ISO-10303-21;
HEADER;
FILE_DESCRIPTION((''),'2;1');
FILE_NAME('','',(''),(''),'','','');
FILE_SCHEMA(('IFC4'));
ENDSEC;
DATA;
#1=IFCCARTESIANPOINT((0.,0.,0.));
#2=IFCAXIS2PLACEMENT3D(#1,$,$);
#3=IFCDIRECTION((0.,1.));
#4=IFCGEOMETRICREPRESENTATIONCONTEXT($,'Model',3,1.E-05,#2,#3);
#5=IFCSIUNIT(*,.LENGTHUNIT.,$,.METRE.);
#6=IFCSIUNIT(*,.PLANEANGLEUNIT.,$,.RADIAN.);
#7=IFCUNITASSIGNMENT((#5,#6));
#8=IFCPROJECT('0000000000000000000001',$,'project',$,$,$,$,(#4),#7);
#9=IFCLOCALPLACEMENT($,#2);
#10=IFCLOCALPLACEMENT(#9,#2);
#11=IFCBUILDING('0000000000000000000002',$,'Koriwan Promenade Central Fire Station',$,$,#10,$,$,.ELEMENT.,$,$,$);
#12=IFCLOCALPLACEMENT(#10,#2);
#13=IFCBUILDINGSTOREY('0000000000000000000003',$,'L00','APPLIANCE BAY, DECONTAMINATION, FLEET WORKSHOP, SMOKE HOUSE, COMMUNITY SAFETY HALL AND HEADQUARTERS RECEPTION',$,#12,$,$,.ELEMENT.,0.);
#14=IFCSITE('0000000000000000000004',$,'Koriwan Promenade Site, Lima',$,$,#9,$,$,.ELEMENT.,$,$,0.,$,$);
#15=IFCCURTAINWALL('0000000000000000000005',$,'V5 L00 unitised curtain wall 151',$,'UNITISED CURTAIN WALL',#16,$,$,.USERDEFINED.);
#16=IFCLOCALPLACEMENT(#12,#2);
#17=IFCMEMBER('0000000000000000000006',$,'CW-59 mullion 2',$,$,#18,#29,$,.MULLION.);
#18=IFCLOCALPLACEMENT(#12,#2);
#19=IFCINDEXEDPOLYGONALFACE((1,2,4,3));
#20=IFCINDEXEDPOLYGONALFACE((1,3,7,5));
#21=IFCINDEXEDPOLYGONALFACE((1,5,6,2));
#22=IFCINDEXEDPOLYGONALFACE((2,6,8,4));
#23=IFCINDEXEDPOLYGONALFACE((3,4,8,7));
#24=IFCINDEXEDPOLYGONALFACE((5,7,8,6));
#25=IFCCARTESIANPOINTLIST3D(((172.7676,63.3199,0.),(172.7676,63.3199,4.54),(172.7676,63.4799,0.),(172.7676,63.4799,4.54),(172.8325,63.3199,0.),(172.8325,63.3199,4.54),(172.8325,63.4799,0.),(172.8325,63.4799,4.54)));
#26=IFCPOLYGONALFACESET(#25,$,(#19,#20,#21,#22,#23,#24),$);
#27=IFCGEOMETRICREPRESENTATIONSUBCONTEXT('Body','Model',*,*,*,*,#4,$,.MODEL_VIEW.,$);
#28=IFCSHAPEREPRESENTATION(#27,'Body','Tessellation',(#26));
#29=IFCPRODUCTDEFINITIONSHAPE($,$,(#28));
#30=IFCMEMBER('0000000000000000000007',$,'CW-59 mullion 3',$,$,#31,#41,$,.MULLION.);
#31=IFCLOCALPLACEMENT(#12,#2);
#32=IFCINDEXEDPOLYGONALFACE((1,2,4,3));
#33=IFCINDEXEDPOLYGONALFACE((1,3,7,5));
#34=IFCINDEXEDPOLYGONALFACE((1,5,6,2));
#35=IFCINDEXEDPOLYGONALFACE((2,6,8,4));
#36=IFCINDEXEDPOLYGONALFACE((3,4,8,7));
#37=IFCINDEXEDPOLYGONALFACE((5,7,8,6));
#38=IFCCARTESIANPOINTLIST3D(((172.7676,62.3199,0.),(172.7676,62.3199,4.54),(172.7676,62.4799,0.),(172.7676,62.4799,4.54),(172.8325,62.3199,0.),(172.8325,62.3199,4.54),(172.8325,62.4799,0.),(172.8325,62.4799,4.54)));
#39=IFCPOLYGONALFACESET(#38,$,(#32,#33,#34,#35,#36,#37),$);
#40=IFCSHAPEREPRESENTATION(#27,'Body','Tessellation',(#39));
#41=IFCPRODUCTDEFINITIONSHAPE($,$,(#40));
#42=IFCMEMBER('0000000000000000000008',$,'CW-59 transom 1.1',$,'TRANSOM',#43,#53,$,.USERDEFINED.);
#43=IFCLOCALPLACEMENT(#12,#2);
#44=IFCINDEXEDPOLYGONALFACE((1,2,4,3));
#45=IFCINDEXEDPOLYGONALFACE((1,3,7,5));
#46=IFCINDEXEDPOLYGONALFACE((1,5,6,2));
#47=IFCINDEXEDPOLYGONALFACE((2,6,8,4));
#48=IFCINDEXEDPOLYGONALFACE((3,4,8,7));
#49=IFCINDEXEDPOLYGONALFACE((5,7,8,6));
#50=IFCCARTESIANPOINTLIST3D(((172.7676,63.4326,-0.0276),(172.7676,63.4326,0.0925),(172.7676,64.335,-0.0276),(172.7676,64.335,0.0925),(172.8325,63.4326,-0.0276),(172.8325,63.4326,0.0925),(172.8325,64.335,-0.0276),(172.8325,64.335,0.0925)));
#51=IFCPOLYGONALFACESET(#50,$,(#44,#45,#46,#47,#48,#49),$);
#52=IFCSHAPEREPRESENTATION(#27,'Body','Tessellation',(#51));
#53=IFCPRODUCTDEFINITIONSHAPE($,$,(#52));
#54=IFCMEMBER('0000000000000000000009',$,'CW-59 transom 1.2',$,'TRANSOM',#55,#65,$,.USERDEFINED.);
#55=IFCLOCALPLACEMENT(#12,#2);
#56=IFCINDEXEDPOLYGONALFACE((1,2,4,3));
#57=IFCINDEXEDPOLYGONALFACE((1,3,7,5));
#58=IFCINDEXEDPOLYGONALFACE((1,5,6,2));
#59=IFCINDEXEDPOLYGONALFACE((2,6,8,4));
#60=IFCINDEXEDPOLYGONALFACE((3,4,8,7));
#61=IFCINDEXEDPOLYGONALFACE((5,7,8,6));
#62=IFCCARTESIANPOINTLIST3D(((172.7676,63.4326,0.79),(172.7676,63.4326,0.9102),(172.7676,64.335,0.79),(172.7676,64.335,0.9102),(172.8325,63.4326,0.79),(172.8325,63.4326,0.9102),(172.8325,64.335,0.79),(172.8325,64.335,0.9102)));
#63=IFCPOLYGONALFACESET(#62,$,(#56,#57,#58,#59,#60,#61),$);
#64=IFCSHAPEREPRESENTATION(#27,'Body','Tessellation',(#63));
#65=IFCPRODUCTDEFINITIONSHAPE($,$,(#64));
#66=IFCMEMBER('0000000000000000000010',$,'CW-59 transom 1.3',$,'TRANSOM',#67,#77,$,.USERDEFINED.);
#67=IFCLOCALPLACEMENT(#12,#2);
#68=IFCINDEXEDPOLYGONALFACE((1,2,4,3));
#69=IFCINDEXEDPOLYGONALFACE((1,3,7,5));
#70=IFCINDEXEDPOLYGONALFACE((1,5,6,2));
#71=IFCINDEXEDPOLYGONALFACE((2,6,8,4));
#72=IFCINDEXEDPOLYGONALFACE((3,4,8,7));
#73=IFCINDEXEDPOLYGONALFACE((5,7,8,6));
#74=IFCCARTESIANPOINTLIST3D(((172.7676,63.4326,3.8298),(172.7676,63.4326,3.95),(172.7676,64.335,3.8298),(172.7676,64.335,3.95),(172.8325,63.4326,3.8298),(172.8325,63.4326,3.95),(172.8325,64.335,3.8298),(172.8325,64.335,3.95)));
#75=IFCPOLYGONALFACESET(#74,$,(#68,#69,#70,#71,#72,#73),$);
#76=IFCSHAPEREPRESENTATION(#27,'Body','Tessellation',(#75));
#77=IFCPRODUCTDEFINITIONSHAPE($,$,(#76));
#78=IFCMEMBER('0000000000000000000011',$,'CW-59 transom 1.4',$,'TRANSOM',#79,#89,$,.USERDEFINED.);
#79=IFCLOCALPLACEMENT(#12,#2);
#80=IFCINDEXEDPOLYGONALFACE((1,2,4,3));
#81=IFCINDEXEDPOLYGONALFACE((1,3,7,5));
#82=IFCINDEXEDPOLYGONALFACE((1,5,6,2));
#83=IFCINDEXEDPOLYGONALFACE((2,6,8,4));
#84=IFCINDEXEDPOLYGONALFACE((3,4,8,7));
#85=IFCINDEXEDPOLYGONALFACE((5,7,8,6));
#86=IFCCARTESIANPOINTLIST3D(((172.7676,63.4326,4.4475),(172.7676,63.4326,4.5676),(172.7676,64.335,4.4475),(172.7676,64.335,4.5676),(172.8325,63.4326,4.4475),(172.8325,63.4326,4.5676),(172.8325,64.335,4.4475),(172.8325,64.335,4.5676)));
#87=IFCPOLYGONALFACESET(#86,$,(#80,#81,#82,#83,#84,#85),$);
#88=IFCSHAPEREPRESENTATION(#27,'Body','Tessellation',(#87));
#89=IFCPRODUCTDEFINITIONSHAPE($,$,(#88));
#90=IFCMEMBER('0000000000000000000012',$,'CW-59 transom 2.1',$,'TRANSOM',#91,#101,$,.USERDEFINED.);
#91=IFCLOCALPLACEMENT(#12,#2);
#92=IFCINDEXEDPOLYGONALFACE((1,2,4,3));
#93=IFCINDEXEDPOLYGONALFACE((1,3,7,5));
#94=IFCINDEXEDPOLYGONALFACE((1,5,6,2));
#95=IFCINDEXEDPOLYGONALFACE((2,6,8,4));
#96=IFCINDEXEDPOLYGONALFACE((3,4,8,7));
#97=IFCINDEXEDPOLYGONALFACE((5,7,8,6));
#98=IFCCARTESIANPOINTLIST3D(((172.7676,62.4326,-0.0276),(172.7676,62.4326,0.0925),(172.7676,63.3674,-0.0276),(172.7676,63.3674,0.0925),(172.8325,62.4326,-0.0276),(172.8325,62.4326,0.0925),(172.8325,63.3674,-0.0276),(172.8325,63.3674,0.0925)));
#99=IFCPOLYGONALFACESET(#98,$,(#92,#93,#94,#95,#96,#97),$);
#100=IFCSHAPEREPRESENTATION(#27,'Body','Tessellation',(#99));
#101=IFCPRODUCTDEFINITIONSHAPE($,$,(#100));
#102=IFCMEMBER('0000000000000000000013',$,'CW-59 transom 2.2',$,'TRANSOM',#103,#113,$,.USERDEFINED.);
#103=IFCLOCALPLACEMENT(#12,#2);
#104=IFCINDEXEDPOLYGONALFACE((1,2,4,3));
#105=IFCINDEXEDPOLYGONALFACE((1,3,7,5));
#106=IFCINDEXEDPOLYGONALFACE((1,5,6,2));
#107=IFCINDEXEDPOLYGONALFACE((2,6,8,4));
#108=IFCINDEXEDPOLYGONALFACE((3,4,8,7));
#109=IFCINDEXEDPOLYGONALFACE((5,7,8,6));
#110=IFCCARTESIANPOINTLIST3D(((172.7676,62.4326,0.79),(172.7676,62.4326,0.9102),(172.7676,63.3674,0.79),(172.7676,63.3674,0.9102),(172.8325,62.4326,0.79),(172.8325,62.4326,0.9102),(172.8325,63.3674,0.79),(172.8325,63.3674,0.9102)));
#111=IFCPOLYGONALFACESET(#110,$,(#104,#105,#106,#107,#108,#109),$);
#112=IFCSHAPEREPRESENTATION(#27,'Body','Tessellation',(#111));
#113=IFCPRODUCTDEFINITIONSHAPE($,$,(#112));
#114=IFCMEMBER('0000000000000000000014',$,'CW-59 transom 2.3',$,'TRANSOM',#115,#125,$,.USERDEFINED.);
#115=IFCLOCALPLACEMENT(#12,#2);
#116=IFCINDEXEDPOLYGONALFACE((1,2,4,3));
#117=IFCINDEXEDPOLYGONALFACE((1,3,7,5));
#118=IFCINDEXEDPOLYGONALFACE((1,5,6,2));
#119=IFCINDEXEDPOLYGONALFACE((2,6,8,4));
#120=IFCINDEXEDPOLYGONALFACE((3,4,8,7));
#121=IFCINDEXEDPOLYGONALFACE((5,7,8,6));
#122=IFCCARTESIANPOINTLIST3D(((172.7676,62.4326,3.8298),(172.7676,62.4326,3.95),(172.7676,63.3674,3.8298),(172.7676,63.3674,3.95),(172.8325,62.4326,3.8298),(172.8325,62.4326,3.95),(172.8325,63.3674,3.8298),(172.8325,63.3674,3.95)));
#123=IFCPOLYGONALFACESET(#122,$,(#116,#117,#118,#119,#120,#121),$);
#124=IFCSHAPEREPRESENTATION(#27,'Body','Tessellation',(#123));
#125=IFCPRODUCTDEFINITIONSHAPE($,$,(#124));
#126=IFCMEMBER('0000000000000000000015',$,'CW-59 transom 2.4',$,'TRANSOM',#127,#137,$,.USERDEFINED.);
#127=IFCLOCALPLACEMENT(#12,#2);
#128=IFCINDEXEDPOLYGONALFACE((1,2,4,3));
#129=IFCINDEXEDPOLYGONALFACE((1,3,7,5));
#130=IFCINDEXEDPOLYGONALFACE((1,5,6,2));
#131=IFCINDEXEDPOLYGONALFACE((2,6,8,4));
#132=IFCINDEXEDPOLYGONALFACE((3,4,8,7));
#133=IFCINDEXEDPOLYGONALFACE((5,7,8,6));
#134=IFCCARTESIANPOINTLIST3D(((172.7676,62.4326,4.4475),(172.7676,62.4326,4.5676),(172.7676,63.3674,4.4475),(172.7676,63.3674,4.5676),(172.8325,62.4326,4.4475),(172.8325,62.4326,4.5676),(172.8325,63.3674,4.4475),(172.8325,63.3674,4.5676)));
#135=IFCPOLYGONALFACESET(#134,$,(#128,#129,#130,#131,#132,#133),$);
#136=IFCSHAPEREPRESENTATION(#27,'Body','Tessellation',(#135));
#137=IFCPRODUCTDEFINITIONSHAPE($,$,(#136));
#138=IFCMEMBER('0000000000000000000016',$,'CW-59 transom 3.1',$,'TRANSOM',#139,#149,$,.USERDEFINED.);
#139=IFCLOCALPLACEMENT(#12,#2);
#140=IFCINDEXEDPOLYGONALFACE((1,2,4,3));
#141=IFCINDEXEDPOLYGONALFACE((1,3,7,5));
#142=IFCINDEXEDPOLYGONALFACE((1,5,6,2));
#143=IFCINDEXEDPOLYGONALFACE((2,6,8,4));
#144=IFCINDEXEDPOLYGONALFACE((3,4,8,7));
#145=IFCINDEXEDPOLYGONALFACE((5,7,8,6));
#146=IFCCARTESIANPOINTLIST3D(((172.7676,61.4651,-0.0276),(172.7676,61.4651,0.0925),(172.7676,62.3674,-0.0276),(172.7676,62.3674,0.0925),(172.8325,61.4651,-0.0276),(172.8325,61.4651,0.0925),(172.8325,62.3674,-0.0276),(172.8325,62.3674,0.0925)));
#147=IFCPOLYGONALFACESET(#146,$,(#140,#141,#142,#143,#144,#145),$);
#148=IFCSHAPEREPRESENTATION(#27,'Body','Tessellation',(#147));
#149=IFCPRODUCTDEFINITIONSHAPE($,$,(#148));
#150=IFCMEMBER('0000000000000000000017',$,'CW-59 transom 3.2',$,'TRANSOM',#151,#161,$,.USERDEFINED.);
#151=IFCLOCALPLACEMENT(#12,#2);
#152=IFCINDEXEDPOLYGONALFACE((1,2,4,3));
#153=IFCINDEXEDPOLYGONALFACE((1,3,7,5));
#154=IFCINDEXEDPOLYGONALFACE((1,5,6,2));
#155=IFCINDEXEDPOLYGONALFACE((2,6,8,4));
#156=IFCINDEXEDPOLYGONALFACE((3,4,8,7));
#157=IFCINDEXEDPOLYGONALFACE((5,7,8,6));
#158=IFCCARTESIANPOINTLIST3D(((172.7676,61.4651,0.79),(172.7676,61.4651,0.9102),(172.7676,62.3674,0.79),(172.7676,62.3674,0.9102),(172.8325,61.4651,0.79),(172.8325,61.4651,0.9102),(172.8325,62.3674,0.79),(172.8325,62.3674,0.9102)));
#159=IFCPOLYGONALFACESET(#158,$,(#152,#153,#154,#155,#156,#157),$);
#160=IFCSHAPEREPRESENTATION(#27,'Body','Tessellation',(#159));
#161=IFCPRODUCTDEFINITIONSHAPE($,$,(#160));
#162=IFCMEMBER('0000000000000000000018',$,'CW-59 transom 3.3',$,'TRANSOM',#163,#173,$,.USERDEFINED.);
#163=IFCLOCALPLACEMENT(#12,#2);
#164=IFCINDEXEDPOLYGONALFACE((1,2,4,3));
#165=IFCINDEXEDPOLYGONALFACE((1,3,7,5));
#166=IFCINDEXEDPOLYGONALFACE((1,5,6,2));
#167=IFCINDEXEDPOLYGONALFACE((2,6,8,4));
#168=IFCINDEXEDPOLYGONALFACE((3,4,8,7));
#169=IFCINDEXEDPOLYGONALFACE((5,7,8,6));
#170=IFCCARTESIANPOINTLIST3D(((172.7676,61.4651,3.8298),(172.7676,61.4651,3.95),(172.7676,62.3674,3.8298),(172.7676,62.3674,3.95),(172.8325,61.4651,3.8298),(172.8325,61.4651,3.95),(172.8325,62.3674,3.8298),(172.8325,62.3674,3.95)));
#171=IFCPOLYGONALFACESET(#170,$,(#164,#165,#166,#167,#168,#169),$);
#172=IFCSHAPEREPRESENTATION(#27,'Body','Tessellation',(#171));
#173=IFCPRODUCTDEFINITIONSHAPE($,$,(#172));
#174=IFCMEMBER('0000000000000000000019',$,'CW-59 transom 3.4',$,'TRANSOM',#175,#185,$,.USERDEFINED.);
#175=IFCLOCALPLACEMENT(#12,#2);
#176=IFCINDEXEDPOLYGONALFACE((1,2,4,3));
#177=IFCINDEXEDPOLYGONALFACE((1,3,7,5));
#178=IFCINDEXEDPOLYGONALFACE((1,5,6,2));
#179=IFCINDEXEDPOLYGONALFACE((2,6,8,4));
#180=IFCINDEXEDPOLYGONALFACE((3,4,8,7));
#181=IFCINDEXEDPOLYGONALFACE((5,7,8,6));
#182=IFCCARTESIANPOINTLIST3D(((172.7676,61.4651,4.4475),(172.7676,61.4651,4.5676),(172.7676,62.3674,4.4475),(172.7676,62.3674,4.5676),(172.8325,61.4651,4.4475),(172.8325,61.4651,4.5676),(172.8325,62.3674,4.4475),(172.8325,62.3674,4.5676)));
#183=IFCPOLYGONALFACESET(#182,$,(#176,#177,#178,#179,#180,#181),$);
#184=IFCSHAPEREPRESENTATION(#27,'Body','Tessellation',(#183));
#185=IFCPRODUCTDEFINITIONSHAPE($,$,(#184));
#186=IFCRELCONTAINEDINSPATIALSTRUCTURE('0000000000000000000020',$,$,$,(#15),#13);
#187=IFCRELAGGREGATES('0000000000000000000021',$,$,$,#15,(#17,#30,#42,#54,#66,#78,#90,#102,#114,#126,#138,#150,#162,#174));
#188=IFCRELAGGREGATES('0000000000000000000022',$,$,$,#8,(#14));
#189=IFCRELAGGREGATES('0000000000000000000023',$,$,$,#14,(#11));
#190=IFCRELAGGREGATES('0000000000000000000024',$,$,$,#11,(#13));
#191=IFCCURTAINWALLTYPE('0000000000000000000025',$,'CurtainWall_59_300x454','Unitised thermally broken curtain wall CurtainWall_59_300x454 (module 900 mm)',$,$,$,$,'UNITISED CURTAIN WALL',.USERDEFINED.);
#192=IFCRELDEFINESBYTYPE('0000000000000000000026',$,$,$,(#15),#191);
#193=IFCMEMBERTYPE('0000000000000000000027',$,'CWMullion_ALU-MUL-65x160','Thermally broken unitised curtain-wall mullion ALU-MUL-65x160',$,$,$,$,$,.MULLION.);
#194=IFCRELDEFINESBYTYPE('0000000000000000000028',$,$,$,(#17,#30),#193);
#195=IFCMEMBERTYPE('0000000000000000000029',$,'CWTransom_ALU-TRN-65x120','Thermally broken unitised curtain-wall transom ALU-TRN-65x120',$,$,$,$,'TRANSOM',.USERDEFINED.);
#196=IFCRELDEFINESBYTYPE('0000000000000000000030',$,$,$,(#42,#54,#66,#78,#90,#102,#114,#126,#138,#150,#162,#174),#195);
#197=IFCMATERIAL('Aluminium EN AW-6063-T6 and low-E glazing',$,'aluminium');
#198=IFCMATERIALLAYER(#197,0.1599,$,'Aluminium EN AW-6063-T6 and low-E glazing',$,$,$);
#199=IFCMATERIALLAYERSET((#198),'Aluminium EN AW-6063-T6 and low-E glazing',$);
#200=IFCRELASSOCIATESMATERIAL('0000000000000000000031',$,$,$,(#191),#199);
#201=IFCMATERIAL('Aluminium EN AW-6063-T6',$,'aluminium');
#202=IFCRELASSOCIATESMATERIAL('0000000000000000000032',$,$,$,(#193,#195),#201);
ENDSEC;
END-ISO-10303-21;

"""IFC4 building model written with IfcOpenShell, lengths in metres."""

from ifc_helpers import new_model, si_unit, direction, frame, origin, origin_2d, place, context, subcontext, project, spatial, rectangle, extrude, material, layer, layer_set, material_profile, profile_set, type_object, element, aggregate, save


model = new_model("IFC4")

# Units and contexts
model_context = context("Model", 3, precision=1e-05, world=origin(), true_north=direction((0.0, 1.0)))
body_context = subcontext(model_context, "Body", "Model", "MODEL_VIEW")
ifc_project = project(units=[si_unit("LENGTHUNIT", "METRE"), si_unit("PLANEANGLEUNIT", "RADIAN")], contexts=[model_context])

# Site, building, storey
site_placement = place(None, origin())
site = spatial("IfcSite", under=ifc_project, at=site_placement, Name="Koriwan Promenade Site, Lima", CompositionType="ELEMENT", RefElevation=0.0)
building_placement = place(site_placement, origin())
building = spatial("IfcBuilding", under=site, at=building_placement, Name="Koriwan Promenade Central Fire Station", CompositionType="ELEMENT")
storey_placement = place(building_placement, origin())
storey = spatial("IfcBuildingStorey", under=building, at=storey_placement, Name="L00", Description="APPLIANCE BAY, DECONTAMINATION, FLEET WORKSHOP, SMOKE HOUSE, COMMUNITY SAFETY HALL AND HEADQUARTERS RECEPTION", CompositionType="ELEMENT", Elevation=0.0)

# Curtain wall, members
ifc_material_1 = material(Name="Aluminium EN AW-6063-T6 and low-E glazing", Category="aluminium")
ifc_layer_1 = layer(ifc_material_1, 0.1599, Name="Aluminium EN AW-6063-T6 and low-E glazing")
ifc_layer_set_1 = layer_set([ifc_layer_1], Name="Aluminium EN AW-6063-T6 and low-E glazing")
curtain_wall_type = type_object("IfcCurtainWallType", Name="CurtainWall_59_300x454", Description="Unitised thermally broken curtain wall CurtainWall_59_300x454 (module 900 mm)", ElementType="UNITISED CURTAIN WALL", PredefinedType="USERDEFINED", material=ifc_layer_set_1)
curtain_wall_placement = place(storey_placement, origin())
curtain_wall = element("IfcCurtainWall", 1, at=curtain_wall_placement, inside=storey, type_object=curtain_wall_type, Name="V5 L00 unitised curtain wall 151", ObjectType="UNITISED CURTAIN WALL", PredefinedType="USERDEFINED")
ifc_material_2 = material(Name="Aluminium EN AW-6063-T6", Category="aluminium")
ifc_material_profile_1 = material_profile(ifc_material_2, rectangle(XDim=0.0649, YDim=0.1599, at=origin_2d()), Name="ALU-MUL-65x160")
ifc_profile_set_1 = profile_set([ifc_material_profile_1], Name="Aluminium EN AW-6063-T6")
member_type_1 = type_object("IfcMemberType", Name="CWMullion_ALU-MUL-65x160", Description="Thermally broken unitised curtain-wall mullion ALU-MUL-65x160", PredefinedType="MULLION", material=ifc_profile_set_1)
member_1_placement = place(storey_placement, frame((172.8, 63.3999, 0.0), z_axis=(0.0, 0.0, 1.0), x_axis=(1.0, 0.0, 0.0)))
member_1 = element("IfcMember", 2, at=member_1_placement, type_object=member_type_1, Name="CW-59 mullion 2", PredefinedType="MULLION", context=body_context, shape_type="SweptSolid", body=[
    extrude(rectangle(XDim=0.0649, YDim=0.1599, at=origin_2d()), origin(), (0.0, 0.0, 1.0), 4.54),
])
member_2_placement = place(storey_placement, frame((172.8, 62.3999, 0.0), z_axis=(0.0, 0.0, 1.0), x_axis=(1.0, 0.0, 0.0)))
member_2 = element("IfcMember", 3, at=member_2_placement, type_object=member_type_1, Name="CW-59 mullion 3", PredefinedType="MULLION", context=body_context, shape_type="SweptSolid", body=[
    extrude(rectangle(XDim=0.0649, YDim=0.1599, at=origin_2d()), origin(), (0.0, 0.0, 1.0), 4.54),
])
ifc_material_profile_2 = material_profile(ifc_material_2, rectangle(XDim=0.0649, YDim=0.1201, at=origin_2d()), Name="ALU-TRN-65x120")
ifc_profile_set_2 = profile_set([ifc_material_profile_2], Name="Aluminium EN AW-6063-T6")
member_type_2 = type_object("IfcMemberType", Name="CWTransom_ALU-TRN-65x120", Description="Thermally broken unitised curtain-wall transom ALU-TRN-65x120", ElementType="TRANSOM", PredefinedType="USERDEFINED", material=ifc_profile_set_2)
member_3_placement = place(storey_placement, frame((172.8, 64.335, 0.0325), z_axis=(0.0, -1.0, 0.0), x_axis=(1.0, 0.0, 0.0)))
member_3 = element("IfcMember", 4, at=member_3_placement, type_object=member_type_2, Name="CW-59 transom 1.1", ObjectType="TRANSOM", PredefinedType="USERDEFINED", context=body_context, shape_type="SweptSolid", body=[
    extrude(rectangle(XDim=0.0649, YDim=0.1201, at=origin_2d()), origin(), (0.0, 0.0, 1.0), 0.9023),
])
member_4_placement = place(storey_placement, frame((172.8, 64.335, 0.8501), z_axis=(0.0, -1.0, 0.0), x_axis=(1.0, 0.0, 0.0)))
member_4 = element("IfcMember", 5, at=member_4_placement, type_object=member_type_2, Name="CW-59 transom 1.2", ObjectType="TRANSOM", PredefinedType="USERDEFINED", context=body_context, shape_type="SweptSolid", body=[
    extrude(rectangle(XDim=0.0649, YDim=0.1201, at=origin_2d()), origin(), (0.0, 0.0, 1.0), 0.9023),
])
member_5_placement = place(storey_placement, frame((172.8, 64.335, 3.8899), z_axis=(0.0, -1.0, 0.0), x_axis=(1.0, 0.0, 0.0)))
member_5 = element("IfcMember", 6, at=member_5_placement, type_object=member_type_2, Name="CW-59 transom 1.3", ObjectType="TRANSOM", PredefinedType="USERDEFINED", context=body_context, shape_type="SweptSolid", body=[
    extrude(rectangle(XDim=0.0649, YDim=0.1201, at=origin_2d()), origin(), (0.0, 0.0, 1.0), 0.9023),
])
member_6_placement = place(storey_placement, frame((172.8, 64.335, 4.5076), z_axis=(0.0, -1.0, 0.0), x_axis=(1.0, 0.0, 0.0)))
member_6 = element("IfcMember", 7, at=member_6_placement, type_object=member_type_2, Name="CW-59 transom 1.4", ObjectType="TRANSOM", PredefinedType="USERDEFINED", context=body_context, shape_type="SweptSolid", body=[
    extrude(rectangle(XDim=0.0649, YDim=0.1201, at=origin_2d()), origin(), (0.0, 0.0, 1.0), 0.9023),
])
member_7_placement = place(storey_placement, frame((172.8, 63.3674, 0.0325), z_axis=(0.0, -1.0, 0.0), x_axis=(1.0, 0.0, 0.0)))
member_7 = element("IfcMember", 8, at=member_7_placement, type_object=member_type_2, Name="CW-59 transom 2.1", ObjectType="TRANSOM", PredefinedType="USERDEFINED", context=body_context, shape_type="SweptSolid", body=[
    extrude(rectangle(XDim=0.0649, YDim=0.1201, at=origin_2d()), origin(), (0.0, 0.0, 1.0), 0.9348),
])
member_8_placement = place(storey_placement, frame((172.8, 63.3674, 0.8501), z_axis=(0.0, -1.0, 0.0), x_axis=(1.0, 0.0, 0.0)))
member_8 = element("IfcMember", 9, at=member_8_placement, type_object=member_type_2, Name="CW-59 transom 2.2", ObjectType="TRANSOM", PredefinedType="USERDEFINED", context=body_context, shape_type="SweptSolid", body=[
    extrude(rectangle(XDim=0.0649, YDim=0.1201, at=origin_2d()), origin(), (0.0, 0.0, 1.0), 0.9348),
])
member_9_placement = place(storey_placement, frame((172.8, 63.3674, 3.8899), z_axis=(0.0, -1.0, 0.0), x_axis=(1.0, 0.0, 0.0)))
member_9 = element("IfcMember", 10, at=member_9_placement, type_object=member_type_2, Name="CW-59 transom 2.3", ObjectType="TRANSOM", PredefinedType="USERDEFINED", context=body_context, shape_type="SweptSolid", body=[
    extrude(rectangle(XDim=0.0649, YDim=0.1201, at=origin_2d()), origin(), (0.0, 0.0, 1.0), 0.9348),
])
member_10_placement = place(storey_placement, frame((172.8, 63.3674, 4.5076), z_axis=(0.0, -1.0, 0.0), x_axis=(1.0, 0.0, 0.0)))
member_10 = element("IfcMember", 11, at=member_10_placement, type_object=member_type_2, Name="CW-59 transom 2.4", ObjectType="TRANSOM", PredefinedType="USERDEFINED", context=body_context, shape_type="SweptSolid", body=[
    extrude(rectangle(XDim=0.0649, YDim=0.1201, at=origin_2d()), origin(), (0.0, 0.0, 1.0), 0.9348),
])
member_11_placement = place(storey_placement, frame((172.8, 62.3674, 0.0325), z_axis=(0.0, -1.0, 0.0), x_axis=(1.0, 0.0, 0.0)))
member_11 = element("IfcMember", 12, at=member_11_placement, type_object=member_type_2, Name="CW-59 transom 3.1", ObjectType="TRANSOM", PredefinedType="USERDEFINED", context=body_context, shape_type="SweptSolid", body=[
    extrude(rectangle(XDim=0.0649, YDim=0.1201, at=origin_2d()), origin(), (0.0, 0.0, 1.0), 0.9023),
])
member_12_placement = place(storey_placement, frame((172.8, 62.3674, 0.8501), z_axis=(0.0, -1.0, 0.0), x_axis=(1.0, 0.0, 0.0)))
member_12 = element("IfcMember", 13, at=member_12_placement, type_object=member_type_2, Name="CW-59 transom 3.2", ObjectType="TRANSOM", PredefinedType="USERDEFINED", context=body_context, shape_type="SweptSolid", body=[
    extrude(rectangle(XDim=0.0649, YDim=0.1201, at=origin_2d()), origin(), (0.0, 0.0, 1.0), 0.9023),
])
member_13_placement = place(storey_placement, frame((172.8, 62.3674, 3.8899), z_axis=(0.0, -1.0, 0.0), x_axis=(1.0, 0.0, 0.0)))
member_13 = element("IfcMember", 14, at=member_13_placement, type_object=member_type_2, Name="CW-59 transom 3.3", ObjectType="TRANSOM", PredefinedType="USERDEFINED", context=body_context, shape_type="SweptSolid", body=[
    extrude(rectangle(XDim=0.0649, YDim=0.1201, at=origin_2d()), origin(), (0.0, 0.0, 1.0), 0.9023),
])
member_14_placement = place(storey_placement, frame((172.8, 62.3674, 4.5076), z_axis=(0.0, -1.0, 0.0), x_axis=(1.0, 0.0, 0.0)))
member_14 = element("IfcMember", 15, at=member_14_placement, type_object=member_type_2, Name="CW-59 transom 3.4", ObjectType="TRANSOM", PredefinedType="USERDEFINED", context=body_context, shape_type="SweptSolid", body=[
    extrude(rectangle(XDim=0.0649, YDim=0.1201, at=origin_2d()), origin(), (0.0, 0.0, 1.0), 0.9023),
])

aggregate(curtain_wall, [member_1, member_2, member_3, member_4, member_5, member_6, member_7, member_8, member_9, member_10, member_11, member_12, member_13, member_14])

save(model, "model.ifc")
